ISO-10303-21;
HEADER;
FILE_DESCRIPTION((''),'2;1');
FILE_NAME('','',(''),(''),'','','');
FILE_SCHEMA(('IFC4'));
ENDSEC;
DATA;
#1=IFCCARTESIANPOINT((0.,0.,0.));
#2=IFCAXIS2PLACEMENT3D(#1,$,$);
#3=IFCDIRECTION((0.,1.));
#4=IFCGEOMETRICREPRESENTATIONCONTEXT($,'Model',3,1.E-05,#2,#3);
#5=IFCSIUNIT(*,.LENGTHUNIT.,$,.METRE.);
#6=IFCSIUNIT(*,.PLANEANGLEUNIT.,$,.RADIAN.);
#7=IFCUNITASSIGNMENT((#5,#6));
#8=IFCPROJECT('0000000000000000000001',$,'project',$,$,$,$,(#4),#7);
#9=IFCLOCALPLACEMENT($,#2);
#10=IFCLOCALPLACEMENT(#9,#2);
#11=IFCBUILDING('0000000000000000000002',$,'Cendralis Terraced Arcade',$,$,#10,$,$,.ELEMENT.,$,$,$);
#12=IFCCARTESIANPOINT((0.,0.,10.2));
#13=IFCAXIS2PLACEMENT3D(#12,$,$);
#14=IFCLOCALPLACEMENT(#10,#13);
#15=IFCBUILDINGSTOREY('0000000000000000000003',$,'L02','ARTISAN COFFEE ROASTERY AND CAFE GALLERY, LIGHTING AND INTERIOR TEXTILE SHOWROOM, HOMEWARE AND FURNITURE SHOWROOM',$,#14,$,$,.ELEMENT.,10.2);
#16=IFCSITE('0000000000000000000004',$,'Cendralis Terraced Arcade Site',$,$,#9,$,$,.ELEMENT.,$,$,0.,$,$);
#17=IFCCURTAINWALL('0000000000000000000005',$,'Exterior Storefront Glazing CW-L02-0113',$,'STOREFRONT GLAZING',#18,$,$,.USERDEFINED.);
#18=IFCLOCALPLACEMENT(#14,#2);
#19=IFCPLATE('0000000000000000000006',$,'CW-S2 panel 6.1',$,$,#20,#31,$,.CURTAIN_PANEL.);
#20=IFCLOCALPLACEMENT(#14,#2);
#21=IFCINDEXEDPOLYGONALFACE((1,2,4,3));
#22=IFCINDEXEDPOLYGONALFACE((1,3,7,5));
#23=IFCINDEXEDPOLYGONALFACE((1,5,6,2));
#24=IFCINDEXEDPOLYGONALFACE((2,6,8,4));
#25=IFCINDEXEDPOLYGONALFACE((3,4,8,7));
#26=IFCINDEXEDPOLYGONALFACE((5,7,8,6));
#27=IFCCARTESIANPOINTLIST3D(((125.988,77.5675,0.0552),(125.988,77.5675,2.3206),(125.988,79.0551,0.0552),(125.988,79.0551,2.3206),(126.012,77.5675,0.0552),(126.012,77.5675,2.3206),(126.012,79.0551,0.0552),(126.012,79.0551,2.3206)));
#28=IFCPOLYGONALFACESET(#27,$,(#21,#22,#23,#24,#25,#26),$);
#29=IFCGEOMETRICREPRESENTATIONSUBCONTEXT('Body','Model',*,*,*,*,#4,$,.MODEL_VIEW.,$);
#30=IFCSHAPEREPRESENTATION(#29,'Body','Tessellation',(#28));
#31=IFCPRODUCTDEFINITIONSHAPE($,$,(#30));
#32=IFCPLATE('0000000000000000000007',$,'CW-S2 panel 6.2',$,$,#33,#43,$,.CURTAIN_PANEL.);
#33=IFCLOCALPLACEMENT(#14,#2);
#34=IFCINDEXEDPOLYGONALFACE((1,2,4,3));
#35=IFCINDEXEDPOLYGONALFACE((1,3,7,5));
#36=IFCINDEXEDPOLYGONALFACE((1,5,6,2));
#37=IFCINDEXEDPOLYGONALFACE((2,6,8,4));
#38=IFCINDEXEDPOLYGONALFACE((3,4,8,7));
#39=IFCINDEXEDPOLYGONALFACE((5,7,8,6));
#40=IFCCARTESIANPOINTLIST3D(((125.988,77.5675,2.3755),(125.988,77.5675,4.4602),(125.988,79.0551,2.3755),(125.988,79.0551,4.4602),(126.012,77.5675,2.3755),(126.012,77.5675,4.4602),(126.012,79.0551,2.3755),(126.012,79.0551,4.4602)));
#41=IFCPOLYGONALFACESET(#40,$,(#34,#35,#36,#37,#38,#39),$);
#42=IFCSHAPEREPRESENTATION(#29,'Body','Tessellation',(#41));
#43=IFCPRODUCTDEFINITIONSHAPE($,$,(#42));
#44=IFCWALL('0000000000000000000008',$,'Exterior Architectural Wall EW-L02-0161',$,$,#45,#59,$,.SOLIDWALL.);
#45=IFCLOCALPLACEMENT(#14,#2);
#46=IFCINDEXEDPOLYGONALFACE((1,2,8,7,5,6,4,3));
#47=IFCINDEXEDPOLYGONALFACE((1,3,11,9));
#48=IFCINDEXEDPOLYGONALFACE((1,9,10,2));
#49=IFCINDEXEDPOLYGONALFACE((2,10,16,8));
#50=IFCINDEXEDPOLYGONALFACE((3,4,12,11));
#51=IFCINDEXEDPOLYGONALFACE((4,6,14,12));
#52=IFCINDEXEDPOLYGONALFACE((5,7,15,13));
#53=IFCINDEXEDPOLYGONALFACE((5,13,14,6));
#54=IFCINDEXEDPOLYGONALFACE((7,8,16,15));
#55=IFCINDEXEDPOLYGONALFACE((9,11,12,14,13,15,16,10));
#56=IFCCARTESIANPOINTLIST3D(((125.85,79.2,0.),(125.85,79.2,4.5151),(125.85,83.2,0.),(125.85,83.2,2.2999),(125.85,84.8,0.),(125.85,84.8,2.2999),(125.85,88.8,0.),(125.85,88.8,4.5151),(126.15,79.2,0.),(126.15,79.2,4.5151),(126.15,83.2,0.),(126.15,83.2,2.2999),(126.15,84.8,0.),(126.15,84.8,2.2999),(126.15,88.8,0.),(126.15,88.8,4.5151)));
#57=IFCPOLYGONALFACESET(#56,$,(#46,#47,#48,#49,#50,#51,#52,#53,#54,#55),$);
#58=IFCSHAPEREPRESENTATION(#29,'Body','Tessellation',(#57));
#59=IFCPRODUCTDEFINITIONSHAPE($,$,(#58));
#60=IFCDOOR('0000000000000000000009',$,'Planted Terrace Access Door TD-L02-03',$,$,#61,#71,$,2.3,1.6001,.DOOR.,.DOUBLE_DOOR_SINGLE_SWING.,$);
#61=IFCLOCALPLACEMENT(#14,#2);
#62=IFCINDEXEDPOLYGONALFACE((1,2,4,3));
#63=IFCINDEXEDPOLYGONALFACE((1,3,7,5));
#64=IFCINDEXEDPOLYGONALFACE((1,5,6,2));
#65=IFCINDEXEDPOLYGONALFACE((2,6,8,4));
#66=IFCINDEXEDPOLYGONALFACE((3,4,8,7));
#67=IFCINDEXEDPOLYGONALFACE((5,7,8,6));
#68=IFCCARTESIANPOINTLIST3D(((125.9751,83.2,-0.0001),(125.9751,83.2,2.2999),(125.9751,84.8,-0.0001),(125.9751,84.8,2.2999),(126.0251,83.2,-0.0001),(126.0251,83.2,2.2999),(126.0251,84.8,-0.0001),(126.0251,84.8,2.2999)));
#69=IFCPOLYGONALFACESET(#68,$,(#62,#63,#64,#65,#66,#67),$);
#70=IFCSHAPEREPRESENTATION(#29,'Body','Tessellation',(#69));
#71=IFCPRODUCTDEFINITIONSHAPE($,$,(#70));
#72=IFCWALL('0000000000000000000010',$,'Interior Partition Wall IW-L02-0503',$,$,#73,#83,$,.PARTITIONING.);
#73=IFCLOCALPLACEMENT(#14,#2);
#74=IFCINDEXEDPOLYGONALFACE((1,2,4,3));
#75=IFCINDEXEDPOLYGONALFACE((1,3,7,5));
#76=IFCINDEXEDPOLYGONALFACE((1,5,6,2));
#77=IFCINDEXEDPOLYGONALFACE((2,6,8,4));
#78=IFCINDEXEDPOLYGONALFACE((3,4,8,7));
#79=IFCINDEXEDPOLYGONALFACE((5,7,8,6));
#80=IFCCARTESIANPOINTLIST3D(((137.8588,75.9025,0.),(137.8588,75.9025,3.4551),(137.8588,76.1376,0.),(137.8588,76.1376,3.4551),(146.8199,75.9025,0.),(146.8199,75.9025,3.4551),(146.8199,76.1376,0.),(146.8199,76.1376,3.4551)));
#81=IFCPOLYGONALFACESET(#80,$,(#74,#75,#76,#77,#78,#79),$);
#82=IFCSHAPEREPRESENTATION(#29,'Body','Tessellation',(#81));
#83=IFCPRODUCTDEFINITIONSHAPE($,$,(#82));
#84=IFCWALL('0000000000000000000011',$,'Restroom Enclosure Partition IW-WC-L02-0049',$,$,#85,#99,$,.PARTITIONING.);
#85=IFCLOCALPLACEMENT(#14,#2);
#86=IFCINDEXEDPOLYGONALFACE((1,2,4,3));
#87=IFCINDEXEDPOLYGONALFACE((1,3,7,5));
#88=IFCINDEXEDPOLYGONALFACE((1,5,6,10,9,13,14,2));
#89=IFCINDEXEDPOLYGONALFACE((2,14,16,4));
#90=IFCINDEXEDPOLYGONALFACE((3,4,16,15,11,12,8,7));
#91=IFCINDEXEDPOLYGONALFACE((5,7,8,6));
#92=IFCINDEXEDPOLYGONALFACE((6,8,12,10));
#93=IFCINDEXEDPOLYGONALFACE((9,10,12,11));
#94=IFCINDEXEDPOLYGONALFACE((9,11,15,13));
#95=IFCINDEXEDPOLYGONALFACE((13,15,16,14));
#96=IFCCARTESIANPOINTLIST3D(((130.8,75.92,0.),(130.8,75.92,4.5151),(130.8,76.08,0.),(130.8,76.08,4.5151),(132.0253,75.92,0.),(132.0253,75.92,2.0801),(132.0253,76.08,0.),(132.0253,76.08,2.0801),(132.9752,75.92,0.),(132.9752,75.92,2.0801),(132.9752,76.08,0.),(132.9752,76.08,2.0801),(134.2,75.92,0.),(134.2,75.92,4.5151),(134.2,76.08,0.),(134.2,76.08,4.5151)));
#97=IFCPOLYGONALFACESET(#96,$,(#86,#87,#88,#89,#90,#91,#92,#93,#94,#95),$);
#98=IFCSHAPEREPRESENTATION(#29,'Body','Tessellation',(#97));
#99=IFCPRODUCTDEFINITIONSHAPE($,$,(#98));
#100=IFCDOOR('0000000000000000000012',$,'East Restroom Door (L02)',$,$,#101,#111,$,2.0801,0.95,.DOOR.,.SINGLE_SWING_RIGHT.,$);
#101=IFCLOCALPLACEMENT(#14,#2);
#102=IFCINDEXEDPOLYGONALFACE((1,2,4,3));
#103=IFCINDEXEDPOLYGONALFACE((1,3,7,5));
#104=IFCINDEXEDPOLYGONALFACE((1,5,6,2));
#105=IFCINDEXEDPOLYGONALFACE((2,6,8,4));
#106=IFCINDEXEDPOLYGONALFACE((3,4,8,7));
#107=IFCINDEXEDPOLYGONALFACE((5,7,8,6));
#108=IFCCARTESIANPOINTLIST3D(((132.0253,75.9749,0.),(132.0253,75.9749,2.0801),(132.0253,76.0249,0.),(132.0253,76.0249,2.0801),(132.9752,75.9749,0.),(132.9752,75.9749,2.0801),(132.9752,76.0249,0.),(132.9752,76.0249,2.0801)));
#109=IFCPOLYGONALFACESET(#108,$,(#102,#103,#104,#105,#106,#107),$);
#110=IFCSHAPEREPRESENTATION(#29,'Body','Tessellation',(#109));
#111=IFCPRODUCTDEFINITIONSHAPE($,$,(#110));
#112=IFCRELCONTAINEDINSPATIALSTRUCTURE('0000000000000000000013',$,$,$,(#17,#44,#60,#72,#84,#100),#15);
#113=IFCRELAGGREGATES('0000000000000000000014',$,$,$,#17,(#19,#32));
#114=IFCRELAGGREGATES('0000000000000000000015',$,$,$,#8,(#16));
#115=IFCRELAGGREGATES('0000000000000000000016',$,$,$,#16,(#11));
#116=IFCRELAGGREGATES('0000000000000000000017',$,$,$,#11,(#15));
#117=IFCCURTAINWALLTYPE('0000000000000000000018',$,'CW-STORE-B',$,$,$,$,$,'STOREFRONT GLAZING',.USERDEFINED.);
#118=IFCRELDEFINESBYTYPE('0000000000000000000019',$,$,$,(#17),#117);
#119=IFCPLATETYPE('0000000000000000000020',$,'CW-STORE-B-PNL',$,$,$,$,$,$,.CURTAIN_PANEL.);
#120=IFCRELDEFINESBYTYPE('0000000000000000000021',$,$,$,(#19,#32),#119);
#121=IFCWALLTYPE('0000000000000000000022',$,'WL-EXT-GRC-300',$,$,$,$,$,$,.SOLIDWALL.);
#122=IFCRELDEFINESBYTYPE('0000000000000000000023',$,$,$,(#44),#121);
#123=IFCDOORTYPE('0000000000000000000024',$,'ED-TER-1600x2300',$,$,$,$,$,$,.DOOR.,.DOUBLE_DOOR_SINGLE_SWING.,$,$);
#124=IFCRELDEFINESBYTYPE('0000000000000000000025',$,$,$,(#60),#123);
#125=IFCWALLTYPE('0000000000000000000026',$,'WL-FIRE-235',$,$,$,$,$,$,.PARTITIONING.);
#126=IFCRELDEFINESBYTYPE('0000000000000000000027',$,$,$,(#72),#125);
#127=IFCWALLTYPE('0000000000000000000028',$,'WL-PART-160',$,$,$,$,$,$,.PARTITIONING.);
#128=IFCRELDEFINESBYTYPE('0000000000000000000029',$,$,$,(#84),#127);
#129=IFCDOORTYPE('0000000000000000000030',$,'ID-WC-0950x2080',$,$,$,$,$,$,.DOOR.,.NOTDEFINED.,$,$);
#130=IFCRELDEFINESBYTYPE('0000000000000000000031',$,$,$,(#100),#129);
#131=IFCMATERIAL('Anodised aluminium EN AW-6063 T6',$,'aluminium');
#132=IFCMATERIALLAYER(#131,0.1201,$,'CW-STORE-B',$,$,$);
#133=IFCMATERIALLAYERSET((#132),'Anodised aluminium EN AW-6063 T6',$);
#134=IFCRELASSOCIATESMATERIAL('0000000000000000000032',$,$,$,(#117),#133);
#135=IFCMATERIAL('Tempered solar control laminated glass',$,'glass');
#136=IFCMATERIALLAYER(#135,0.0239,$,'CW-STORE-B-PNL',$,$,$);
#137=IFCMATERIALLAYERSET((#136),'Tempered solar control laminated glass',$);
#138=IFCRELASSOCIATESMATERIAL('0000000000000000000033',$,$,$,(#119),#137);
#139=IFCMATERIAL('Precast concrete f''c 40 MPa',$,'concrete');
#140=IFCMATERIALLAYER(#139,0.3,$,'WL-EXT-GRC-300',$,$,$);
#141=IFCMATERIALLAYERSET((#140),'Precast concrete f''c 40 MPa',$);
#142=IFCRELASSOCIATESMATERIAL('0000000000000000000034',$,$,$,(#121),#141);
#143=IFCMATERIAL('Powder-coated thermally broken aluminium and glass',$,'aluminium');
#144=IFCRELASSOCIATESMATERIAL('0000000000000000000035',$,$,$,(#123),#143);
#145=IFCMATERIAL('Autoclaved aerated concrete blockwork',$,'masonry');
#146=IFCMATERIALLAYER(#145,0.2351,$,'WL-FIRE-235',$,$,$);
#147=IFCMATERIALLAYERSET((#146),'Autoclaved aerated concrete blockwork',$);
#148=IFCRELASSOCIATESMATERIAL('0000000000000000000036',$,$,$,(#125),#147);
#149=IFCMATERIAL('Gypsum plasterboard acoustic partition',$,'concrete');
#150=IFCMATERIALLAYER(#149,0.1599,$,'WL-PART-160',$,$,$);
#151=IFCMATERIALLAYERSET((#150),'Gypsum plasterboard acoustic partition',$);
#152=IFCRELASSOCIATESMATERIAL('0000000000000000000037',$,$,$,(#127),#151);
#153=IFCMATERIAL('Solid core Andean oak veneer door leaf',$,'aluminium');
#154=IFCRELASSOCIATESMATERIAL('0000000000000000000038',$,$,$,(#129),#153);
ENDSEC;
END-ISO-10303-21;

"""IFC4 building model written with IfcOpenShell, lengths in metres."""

from ifc_helpers import new_model, si_unit, direction, frame, frame_2d, origin, origin_2d, place, context, subcontext, project, spatial, rectangle, extrude, material, layer, layer_set, type_object, element, fill, aggregate, save


model = new_model("IFC4")

# Units and contexts
model_context = context("Model", 3, precision=1e-05, world=origin(), true_north=direction((0.0, 1.0)))
body_context = subcontext(model_context, "Body", "Model", "MODEL_VIEW")
ifc_project = project(units=[si_unit("LENGTHUNIT", "METRE"), si_unit("PLANEANGLEUNIT", "RADIAN")], contexts=[model_context])

# Site, building, storey
site_placement = place(None, origin())
site = spatial("IfcSite", under=ifc_project, at=site_placement, Name="Cendralis Terraced Arcade Site", CompositionType="ELEMENT", RefElevation=0.0)
building_placement = place(site_placement, origin())
building = spatial("IfcBuilding", under=site, at=building_placement, Name="Cendralis Terraced Arcade", CompositionType="ELEMENT")
storey_placement = place(building_placement, frame((0.0, 0.0, 10.2)))
storey = spatial("IfcBuildingStorey", under=building, at=storey_placement, Name="L02", Description="ARTISAN COFFEE ROASTERY AND CAFE GALLERY, LIGHTING AND INTERIOR TEXTILE SHOWROOM, HOMEWARE AND FURNITURE SHOWROOM", CompositionType="ELEMENT", Elevation=10.2)

# Curtain wall, plates
ifc_material_1 = material(Name="Anodised aluminium EN AW-6063 T6", Category="aluminium")
ifc_layer_1 = layer(ifc_material_1, 0.1201, Name="CW-STORE-B")
ifc_layer_set_1 = layer_set([ifc_layer_1], Name="Anodised aluminium EN AW-6063 T6")
curtain_wall_type = type_object("IfcCurtainWallType", Name="CW-STORE-B", ElementType="STOREFRONT GLAZING", PredefinedType="USERDEFINED", material=ifc_layer_set_1)
curtain_wall_placement = place(storey_placement, origin())
curtain_wall = element("IfcCurtainWall", 1, at=curtain_wall_placement, inside=storey, type_object=curtain_wall_type, Name="Exterior Storefront Glazing CW-L02-0113", ObjectType="STOREFRONT GLAZING", PredefinedType="USERDEFINED")
ifc_material_2 = material(Name="Tempered solar control laminated glass", Category="glass")
ifc_layer_2 = layer(ifc_material_2, 0.0239, Name="CW-STORE-B-PNL")
ifc_layer_set_2 = layer_set([ifc_layer_2], Name="Tempered solar control laminated glass")
plate_type = type_object("IfcPlateType", Name="CW-STORE-B-PNL", PredefinedType="CURTAIN_PANEL", material=ifc_layer_set_2)
plate_1_placement = place(storey_placement, frame((126.0, 78.3113, 0.0552), z_axis=(0.0, 0.0, 1.0), x_axis=(0.0, 1.0, 0.0)))
plate_1 = element("IfcPlate", 2, at=plate_1_placement, type_object=plate_type, Name="CW-S2 panel 6.1", PredefinedType="CURTAIN_PANEL", context=body_context, shape_type="SweptSolid", body=[
    extrude(rectangle(XDim=1.4875, YDim=0.0239, at=origin_2d()), origin(), (0.0, 0.0, 1.0), 2.2654),
])
plate_2_placement = place(storey_placement, frame((126.0, 78.3113, 2.3755), z_axis=(0.0, 0.0, 1.0), x_axis=(0.0, 1.0, 0.0)))
plate_2 = element("IfcPlate", 3, at=plate_2_placement, type_object=plate_type, Name="CW-S2 panel 6.2", PredefinedType="CURTAIN_PANEL", context=body_context, shape_type="SweptSolid", body=[
    extrude(rectangle(XDim=1.4875, YDim=0.0239, at=origin_2d()), origin(), (0.0, 0.0, 1.0), 2.0847),
])
aggregate(curtain_wall, [plate_1, plate_2])

# Wall, opening, door
ifc_material_3 = material(Name="Precast concrete f'c 40 MPa", Category="concrete")
ifc_layer_3 = layer(ifc_material_3, 0.3, Name="WL-EXT-GRC-300")
ifc_layer_set_3 = layer_set([ifc_layer_3], Name="Precast concrete f'c 40 MPa")
wall_type_1 = type_object("IfcWallType", Name="WL-EXT-GRC-300", PredefinedType="SOLIDWALL", material=ifc_layer_set_3)
wall_1_placement = place(storey_placement, frame((126.0, 79.2, 0.0), z_axis=(0.0, 0.0, 1.0), x_axis=(0.0, 1.0, 0.0)))
wall_1 = element("IfcWall", 4, at=wall_1_placement, inside=storey, type_object=wall_type_1, Name="Exterior Architectural Wall EW-L02-0161", PredefinedType="SOLIDWALL", context=body_context, shape_type="SweptSolid", body=[
    extrude(rectangle(XDim=9.6001, YDim=0.3, at=frame_2d((4.8, 0.0))), origin(), (0.0, 0.0, 1.0), 4.5151),
])
opening_1_placement = place(wall_1_placement, frame((4.0, 0.0, 0.0)))
opening_1 = element("IfcOpeningElement", 5, at=opening_1_placement, cuts=wall_1, PredefinedType="OPENING", context=body_context, shape_type="SweptSolid", body=[
    extrude(rectangle(XDim=1.6001, YDim=2.3, at=frame_2d((0.8, 1.1499))), frame((0.0, 0.1621, 0.0), z_axis=(0.0, -1.0, 0.0), x_axis=(1.0, 0.0, 0.0)), (0.0, 0.0, 1.0), 0.324),
])
ifc_material_4 = material(Name="Powder-coated thermally broken aluminium and glass", Category="aluminium")
door_type_1 = type_object("IfcDoorType", Name="ED-TER-1600x2300", OperationType="DOUBLE_DOOR_SINGLE_SWING", PredefinedType="DOOR", material=ifc_material_4)
door_1_placement = place(opening_1_placement, origin())
door_1 = element("IfcDoor", 6, at=door_1_placement, inside=storey, type_object=door_type_1, Name="Planted Terrace Access Door TD-L02-03", OperationType="DOUBLE_DOOR_SINGLE_SWING", OverallHeight=2.3, OverallWidth=1.6001, PredefinedType="DOOR", context=body_context, shape_type="SweptSolid", body=[
    extrude(rectangle(XDim=1.6001, YDim=2.3, at=frame_2d((0.8, 1.1499))), frame((0.0, 0.0249, 0.0), z_axis=(0.0, -1.0, 0.0), x_axis=(1.0, 0.0, 0.0)), (0.0, 0.0, 1.0), 0.05),
])
fill(opening_1, door_1)

# Wall
ifc_material_5 = material(Name="Autoclaved aerated concrete blockwork", Category="masonry")
ifc_layer_4 = layer(ifc_material_5, 0.2351, Name="WL-FIRE-235")
ifc_layer_set_4 = layer_set([ifc_layer_4], Name="Autoclaved aerated concrete blockwork")
wall_type_2 = type_object("IfcWallType", Name="WL-FIRE-235", PredefinedType="PARTITIONING", material=ifc_layer_set_4)
wall_2_placement = place(storey_placement, frame((137.8589, 76.02, 0.0), z_axis=(0.0, 0.0, 1.0), x_axis=(1.0, 0.0, 0.0)))
element("IfcWall", 7, at=wall_2_placement, inside=storey, type_object=wall_type_2, Name="Interior Partition Wall IW-L02-0503", PredefinedType="PARTITIONING", context=body_context, shape_type="SweptSolid", body=[
    extrude(rectangle(XDim=8.9612, YDim=0.2351, at=frame_2d((4.4805, 0.0))), origin(), (0.0, 0.0, 1.0), 3.4551),
])

# Wall, opening, door
ifc_material_6 = material(Name="Gypsum plasterboard acoustic partition", Category="concrete")
ifc_layer_5 = layer(ifc_material_6, 0.1599, Name="WL-PART-160")
ifc_layer_set_5 = layer_set([ifc_layer_5], Name="Gypsum plasterboard acoustic partition")
wall_type_3 = type_object("IfcWallType", Name="WL-PART-160", PredefinedType="PARTITIONING", material=ifc_layer_set_5)
wall_3_placement = place(storey_placement, frame((130.8, 76.0, 0.0), z_axis=(0.0, 0.0, 1.0), x_axis=(1.0, 0.0, 0.0)))
wall_3 = element("IfcWall", 8, at=wall_3_placement, inside=storey, type_object=wall_type_3, Name="Restroom Enclosure Partition IW-WC-L02-0049", PredefinedType="PARTITIONING", context=body_context, shape_type="SweptSolid", body=[
    extrude(rectangle(XDim=3.3999, YDim=0.1599, at=frame_2d((1.7, 0.0))), origin(), (0.0, 0.0, 1.0), 4.5151),
])
opening_2_placement = place(wall_3_placement, frame((1.2251, 0.0, 0.0)))
opening_2 = element("IfcOpeningElement", 9, at=opening_2_placement, cuts=wall_3, PredefinedType="OPENING", context=body_context, shape_type="SweptSolid", body=[
    extrude(rectangle(XDim=0.95, YDim=2.0801, at=frame_2d((0.4751, 1.04))), frame((0.0, 0.0918, 0.0), z_axis=(0.0, -1.0, 0.0), x_axis=(1.0, 0.0, 0.0)), (0.0, 0.0, 1.0), 0.1838),
])
ifc_material_7 = material(Name="Solid core Andean oak veneer door leaf", Category="aluminium")
door_type_2 = type_object("IfcDoorType", Name="ID-WC-0950x2080", OperationType="NOTDEFINED", PredefinedType="DOOR", material=ifc_material_7)
door_2_placement = place(opening_2_placement, origin())
door_2 = element("IfcDoor", 10, at=door_2_placement, inside=storey, type_object=door_type_2, Name="East Restroom Door (L02)", OperationType="SINGLE_SWING_RIGHT", OverallHeight=2.0801, OverallWidth=0.95, PredefinedType="DOOR", context=body_context, shape_type="SweptSolid", body=[
    extrude(rectangle(XDim=0.95, YDim=2.0801, at=frame_2d((0.4751, 1.04))), frame((0.0, 0.0249, 0.0), z_axis=(0.0, -1.0, 0.0), x_axis=(1.0, 0.0, 0.0)), (0.0, 0.0, 1.0), 0.05),
])
fill(opening_2, door_2)

save(model, "model.ifc")
